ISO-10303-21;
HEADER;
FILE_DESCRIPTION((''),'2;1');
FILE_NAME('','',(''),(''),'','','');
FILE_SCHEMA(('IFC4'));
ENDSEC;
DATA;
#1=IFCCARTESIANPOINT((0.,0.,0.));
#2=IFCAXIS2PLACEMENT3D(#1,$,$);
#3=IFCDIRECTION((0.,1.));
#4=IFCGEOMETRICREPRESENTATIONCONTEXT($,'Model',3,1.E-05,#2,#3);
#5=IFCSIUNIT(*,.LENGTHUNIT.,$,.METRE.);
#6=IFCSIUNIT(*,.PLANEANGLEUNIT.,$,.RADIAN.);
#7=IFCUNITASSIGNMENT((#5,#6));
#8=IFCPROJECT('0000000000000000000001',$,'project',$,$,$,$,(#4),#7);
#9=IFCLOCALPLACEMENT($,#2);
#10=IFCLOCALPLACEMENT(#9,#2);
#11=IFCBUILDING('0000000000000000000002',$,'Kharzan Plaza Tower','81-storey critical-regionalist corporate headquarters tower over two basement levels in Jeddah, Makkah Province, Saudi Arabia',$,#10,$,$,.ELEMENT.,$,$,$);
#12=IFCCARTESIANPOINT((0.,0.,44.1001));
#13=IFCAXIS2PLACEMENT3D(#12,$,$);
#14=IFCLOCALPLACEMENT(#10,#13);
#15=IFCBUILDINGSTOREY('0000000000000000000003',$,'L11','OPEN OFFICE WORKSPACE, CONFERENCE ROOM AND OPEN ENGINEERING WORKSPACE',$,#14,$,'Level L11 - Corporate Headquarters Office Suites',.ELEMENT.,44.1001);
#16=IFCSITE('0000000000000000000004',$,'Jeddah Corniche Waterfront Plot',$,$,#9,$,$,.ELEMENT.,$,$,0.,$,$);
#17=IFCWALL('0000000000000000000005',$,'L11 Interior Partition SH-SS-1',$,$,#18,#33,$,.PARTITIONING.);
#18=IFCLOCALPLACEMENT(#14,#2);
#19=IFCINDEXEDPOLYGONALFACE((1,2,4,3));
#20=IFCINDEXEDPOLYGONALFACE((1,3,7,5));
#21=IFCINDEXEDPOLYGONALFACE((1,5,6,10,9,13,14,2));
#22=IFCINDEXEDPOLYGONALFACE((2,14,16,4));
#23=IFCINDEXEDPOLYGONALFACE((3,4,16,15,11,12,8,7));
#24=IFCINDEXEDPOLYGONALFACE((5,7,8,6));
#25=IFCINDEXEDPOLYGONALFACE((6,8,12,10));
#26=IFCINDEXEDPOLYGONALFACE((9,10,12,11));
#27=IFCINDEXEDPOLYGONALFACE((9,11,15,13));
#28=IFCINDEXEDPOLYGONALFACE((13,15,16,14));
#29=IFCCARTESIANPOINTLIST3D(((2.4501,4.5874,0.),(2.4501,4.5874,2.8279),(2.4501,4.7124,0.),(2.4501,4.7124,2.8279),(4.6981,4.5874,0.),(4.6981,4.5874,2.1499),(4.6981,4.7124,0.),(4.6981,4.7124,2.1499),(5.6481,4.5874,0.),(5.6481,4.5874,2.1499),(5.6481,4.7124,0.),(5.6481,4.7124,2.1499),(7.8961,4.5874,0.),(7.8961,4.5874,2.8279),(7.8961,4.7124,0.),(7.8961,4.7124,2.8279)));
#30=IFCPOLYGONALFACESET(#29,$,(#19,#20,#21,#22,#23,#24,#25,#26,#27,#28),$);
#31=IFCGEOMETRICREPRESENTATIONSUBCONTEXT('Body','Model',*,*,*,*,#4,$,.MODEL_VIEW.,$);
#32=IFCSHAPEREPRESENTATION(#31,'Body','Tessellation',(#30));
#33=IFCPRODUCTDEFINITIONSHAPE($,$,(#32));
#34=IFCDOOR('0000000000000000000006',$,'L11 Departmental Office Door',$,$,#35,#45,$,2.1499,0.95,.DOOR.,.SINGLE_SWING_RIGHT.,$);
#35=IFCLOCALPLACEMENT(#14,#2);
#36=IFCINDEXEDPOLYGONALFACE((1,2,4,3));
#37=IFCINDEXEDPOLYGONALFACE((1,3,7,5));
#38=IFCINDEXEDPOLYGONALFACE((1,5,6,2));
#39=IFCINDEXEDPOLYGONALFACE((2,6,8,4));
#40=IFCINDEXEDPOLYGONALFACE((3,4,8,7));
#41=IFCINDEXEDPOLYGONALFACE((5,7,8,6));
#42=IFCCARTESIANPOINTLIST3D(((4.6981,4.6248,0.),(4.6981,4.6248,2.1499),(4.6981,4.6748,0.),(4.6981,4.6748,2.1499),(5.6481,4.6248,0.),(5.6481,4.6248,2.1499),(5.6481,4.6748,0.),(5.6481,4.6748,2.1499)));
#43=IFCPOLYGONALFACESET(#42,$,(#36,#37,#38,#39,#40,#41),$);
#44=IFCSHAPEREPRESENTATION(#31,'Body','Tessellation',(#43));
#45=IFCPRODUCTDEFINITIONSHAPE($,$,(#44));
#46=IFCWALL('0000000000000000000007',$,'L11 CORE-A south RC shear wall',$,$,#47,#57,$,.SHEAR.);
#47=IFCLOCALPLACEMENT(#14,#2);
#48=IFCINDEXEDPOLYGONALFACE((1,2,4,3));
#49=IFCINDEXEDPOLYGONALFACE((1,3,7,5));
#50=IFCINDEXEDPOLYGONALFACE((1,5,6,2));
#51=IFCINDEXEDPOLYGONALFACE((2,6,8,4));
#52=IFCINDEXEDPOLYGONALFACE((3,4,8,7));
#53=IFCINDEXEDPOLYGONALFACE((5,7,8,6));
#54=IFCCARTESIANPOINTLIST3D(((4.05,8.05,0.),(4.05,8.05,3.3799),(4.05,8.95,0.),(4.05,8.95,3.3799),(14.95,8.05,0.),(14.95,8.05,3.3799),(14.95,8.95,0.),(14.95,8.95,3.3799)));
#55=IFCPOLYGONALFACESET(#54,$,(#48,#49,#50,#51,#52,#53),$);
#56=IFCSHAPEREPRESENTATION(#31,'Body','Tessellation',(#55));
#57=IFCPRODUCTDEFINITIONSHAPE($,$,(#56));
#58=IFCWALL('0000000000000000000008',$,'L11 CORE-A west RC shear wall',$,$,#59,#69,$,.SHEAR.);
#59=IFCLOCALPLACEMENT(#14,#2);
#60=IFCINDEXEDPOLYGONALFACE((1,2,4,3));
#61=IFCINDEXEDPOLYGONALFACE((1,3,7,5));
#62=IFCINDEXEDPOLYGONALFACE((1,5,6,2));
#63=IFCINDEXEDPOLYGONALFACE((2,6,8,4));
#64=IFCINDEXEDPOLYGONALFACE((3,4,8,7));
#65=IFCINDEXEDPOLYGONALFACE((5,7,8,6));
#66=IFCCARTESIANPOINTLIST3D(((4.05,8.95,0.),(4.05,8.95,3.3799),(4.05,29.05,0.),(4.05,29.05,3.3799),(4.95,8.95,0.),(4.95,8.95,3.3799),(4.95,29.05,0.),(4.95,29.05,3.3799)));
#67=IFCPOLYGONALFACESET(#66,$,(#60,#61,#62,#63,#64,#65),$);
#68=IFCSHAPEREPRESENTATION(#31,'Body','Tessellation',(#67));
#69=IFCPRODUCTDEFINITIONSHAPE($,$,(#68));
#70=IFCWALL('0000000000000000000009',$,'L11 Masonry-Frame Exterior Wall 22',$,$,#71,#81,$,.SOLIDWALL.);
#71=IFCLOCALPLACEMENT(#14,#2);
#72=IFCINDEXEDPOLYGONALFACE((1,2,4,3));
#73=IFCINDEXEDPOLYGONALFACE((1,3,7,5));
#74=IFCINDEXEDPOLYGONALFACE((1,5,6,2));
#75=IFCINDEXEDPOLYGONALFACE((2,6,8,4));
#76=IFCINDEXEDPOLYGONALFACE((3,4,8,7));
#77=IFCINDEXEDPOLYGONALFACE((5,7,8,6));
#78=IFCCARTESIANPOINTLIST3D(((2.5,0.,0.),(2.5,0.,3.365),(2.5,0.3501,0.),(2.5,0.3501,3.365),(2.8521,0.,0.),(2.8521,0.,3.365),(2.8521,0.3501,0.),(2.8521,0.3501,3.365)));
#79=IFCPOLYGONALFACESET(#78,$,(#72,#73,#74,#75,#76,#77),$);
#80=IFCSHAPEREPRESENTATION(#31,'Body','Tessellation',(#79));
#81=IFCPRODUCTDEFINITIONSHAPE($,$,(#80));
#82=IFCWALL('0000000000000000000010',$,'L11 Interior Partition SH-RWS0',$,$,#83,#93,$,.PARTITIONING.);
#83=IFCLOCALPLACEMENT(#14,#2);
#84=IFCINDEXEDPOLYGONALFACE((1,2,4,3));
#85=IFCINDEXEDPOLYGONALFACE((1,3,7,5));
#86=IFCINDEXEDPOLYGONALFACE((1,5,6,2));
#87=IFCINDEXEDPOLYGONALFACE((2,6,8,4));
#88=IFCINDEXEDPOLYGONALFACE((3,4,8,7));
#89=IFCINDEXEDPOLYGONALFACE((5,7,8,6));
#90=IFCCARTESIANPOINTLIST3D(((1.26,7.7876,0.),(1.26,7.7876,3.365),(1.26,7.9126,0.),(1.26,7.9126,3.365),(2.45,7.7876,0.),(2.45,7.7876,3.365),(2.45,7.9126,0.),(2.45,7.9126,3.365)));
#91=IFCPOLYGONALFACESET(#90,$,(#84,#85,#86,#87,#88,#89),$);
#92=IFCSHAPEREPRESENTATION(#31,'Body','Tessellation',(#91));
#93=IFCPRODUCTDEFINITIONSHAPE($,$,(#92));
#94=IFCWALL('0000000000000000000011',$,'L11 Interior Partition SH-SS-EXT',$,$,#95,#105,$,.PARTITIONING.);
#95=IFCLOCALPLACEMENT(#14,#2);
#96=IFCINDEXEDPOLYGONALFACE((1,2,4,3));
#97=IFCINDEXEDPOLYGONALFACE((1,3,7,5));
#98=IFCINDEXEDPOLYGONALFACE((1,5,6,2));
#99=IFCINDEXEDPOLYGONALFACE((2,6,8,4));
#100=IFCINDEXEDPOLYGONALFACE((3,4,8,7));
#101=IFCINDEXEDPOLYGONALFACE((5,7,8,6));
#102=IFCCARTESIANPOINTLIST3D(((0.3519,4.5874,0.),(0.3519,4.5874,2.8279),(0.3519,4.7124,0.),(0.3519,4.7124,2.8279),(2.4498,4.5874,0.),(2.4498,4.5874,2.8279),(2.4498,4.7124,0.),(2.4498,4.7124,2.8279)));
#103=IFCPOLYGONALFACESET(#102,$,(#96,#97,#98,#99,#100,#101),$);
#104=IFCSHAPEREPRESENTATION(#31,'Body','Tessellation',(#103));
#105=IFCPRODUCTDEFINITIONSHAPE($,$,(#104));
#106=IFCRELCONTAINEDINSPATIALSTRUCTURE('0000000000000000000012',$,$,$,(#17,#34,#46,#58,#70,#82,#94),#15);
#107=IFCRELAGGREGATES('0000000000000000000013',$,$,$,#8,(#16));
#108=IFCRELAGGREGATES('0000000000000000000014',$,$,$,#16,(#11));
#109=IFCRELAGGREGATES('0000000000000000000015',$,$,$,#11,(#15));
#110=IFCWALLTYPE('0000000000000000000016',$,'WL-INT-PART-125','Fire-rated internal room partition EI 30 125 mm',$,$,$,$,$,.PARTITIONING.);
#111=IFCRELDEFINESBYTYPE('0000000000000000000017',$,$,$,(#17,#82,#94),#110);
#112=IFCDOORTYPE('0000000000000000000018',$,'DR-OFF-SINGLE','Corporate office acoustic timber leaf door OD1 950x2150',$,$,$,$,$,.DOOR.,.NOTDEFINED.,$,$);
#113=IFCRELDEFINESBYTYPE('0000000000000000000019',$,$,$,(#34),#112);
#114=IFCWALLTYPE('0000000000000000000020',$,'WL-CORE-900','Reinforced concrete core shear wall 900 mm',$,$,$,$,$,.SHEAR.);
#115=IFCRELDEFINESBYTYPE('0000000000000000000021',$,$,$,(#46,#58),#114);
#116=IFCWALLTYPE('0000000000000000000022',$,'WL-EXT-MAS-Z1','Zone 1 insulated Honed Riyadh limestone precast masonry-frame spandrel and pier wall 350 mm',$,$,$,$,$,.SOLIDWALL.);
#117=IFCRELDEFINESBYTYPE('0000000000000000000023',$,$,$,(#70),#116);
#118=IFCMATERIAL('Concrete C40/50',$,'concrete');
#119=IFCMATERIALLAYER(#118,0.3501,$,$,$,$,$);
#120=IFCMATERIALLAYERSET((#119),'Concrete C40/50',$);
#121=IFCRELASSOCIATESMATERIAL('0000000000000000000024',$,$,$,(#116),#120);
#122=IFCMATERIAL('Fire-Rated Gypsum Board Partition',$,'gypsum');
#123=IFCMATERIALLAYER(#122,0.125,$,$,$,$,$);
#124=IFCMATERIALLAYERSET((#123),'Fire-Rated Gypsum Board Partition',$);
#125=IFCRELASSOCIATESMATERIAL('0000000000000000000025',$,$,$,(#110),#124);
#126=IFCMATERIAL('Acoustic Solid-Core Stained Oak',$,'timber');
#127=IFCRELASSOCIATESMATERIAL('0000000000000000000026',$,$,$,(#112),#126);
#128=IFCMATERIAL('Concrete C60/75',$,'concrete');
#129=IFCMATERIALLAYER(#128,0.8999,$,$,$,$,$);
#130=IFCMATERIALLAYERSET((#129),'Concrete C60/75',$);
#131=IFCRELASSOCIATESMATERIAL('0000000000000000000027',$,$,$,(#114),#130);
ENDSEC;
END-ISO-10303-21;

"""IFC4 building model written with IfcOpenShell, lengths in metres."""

from ifc_helpers import new_model, si_unit, direction, frame, frame_2d, origin, place, context, subcontext, project, spatial, rectangle, extrude, source, transform, mapped, material, layer, layer_set, type_object, element, fill, save


model = new_model("IFC4")

# Units and contexts
model_context = context("Model", 3, precision=1e-05, world=origin(), true_north=direction((0.0, 1.0)))
body_context = subcontext(model_context, "Body", "Model", "MODEL_VIEW")
ifc_project = project(units=[si_unit("LENGTHUNIT", "METRE"), si_unit("PLANEANGLEUNIT", "RADIAN")], contexts=[model_context])

# Site, building, storey
site_placement = place(None, origin())
site = spatial("IfcSite", under=ifc_project, at=site_placement, Name="Jeddah Corniche Waterfront Plot", CompositionType="ELEMENT", RefElevation=0.0)
building_placement = place(site_placement, origin())
building = spatial("IfcBuilding", under=site, at=building_placement, Name="Kharzan Plaza Tower", Description="81-storey critical-regionalist corporate headquarters tower over two basement levels in Jeddah, Makkah Province, Saudi Arabia", CompositionType="ELEMENT")
storey_placement = place(building_placement, frame((0.0, 0.0, 44.1001)))
storey = spatial("IfcBuildingStorey", under=building, at=storey_placement, Name="L11", Description="OPEN OFFICE WORKSPACE, CONFERENCE ROOM AND OPEN ENGINEERING WORKSPACE", LongName="Level L11 - Corporate Headquarters Office Suites", CompositionType="ELEMENT", Elevation=44.1001)

# Shared definitions
ifc_material_1 = material(Name="Concrete C60/75", Category="concrete")

# Shared definitions
ifc_material_2 = material(Name="Concrete C40/50", Category="concrete")

# Shared definitions
ifc_layer_1 = layer(ifc_material_2, 0.3501)
ifc_layer_set_1 = layer_set([ifc_layer_1], Name="Concrete C40/50")
wall_type_1 = type_object("IfcWallType", Name="WL-EXT-MAS-Z1", Description="Zone 1 insulated Honed Riyadh limestone precast masonry-frame spandrel and pier wall 350 mm", PredefinedType="SOLIDWALL", material=ifc_layer_set_1)

# Wall, opening, door
ifc_material_3 = material(Name="Fire-Rated Gypsum Board Partition", Category="gypsum")
ifc_layer_2 = layer(ifc_material_3, 0.125)
ifc_layer_set_2 = layer_set([ifc_layer_2], Name="Fire-Rated Gypsum Board Partition")
wall_type_2 = type_object("IfcWallType", Name="WL-INT-PART-125", Description="Fire-rated internal room partition EI 30 125 mm", PredefinedType="PARTITIONING", material=ifc_layer_set_2)
ifc_material_4 = material(Name="Acoustic Solid-Core Stained Oak", Category="timber")
door_type = type_object("IfcDoorType", Name="DR-OFF-SINGLE", Description="Corporate office acoustic timber leaf door OD1 950x2150", OperationType="NOTDEFINED", PredefinedType="DOOR", material=ifc_material_4)
shared_shape_1 = source(origin(), body_context, "Body", "SweptSolid", [
    extrude(rectangle(XDim=0.95, YDim=2.1499, at=frame_2d((0.4751, 1.075))), frame((0.0, 0.0249, 0.0), z_axis=(0.0, -1.0, 0.0), x_axis=(1.0, 0.0, 0.0)), (0.0, 0.0, 1.0), 0.05),
])
wall_1_placement = place(storey_placement, frame((2.45, 4.6499, 0.0), z_axis=(0.0, 0.0, 1.0), x_axis=(1.0, 0.0, 0.0)))
wall_1 = element("IfcWall", 1, at=wall_1_placement, inside=storey, type_object=wall_type_2, Name="L11 Interior Partition SH-SS-1", PredefinedType="PARTITIONING", context=body_context, shape_type="SweptSolid", body=[
    extrude(rectangle(XDim=5.446, YDim=0.125, at=frame_2d((2.7231, 0.0))), origin(), (0.0, 0.0, 1.0), 2.8279),
])
opening_1_placement = place(wall_1_placement, frame((2.248, 0.0, 0.0)))
opening_1 = element("IfcOpeningElement", 2, at=opening_1_placement, cuts=wall_1, PredefinedType="OPENING", context=body_context, shape_type="SweptSolid", body=[
    extrude(rectangle(XDim=0.95, YDim=2.1499, at=frame_2d((0.4751, 1.075))), frame((0.0, 0.0725, 0.0), z_axis=(0.0, -1.0, 0.0), x_axis=(1.0, 0.0, 0.0)), (0.0, 0.0, 1.0), 0.145),
])
door_1_placement = place(opening_1_placement, origin())
door_1 = element("IfcDoor", 3, at=door_1_placement, inside=storey, type_object=door_type, Name="L11 Departmental Office Door", OperationType="SINGLE_SWING_RIGHT", OverallHeight=2.1499, OverallWidth=0.95, PredefinedType="DOOR", context=body_context, shape_type="MappedRepresentation", body=[
    mapped(shared_shape_1, transform((0.0, 0.0, 0.0), x_axis=(1.0, 0.0, 0.0), y_axis=(0.0, 1.0, 0.0), z_axis=(0.0, 0.0, 1.0))),
])
fill(opening_1, door_1)

# Walls
ifc_layer_3 = layer(ifc_material_1, 0.8999)
ifc_layer_set_3 = layer_set([ifc_layer_3], Name="Concrete C60/75")
wall_type_3 = type_object("IfcWallType", Name="WL-CORE-900", Description="Reinforced concrete core shear wall 900 mm", PredefinedType="SHEAR", material=ifc_layer_set_3)
shared_shape_2 = source(origin(), body_context, "Body", "SweptSolid", [
    extrude(rectangle(XDim=10.8999, YDim=0.8999, at=frame_2d((5.45, 0.0))), origin(), (0.0, 0.0, 1.0), 3.3799),
])
wall_2_placement = place(storey_placement, frame((4.05, 8.5, 0.0), z_axis=(0.0, 0.0, 1.0), x_axis=(1.0, 0.0, 0.0)))
element("IfcWall", 4, at=wall_2_placement, inside=storey, type_object=wall_type_3, Name="L11 CORE-A south RC shear wall", PredefinedType="SHEAR", context=body_context, shape_type="MappedRepresentation", body=[
    mapped(shared_shape_2, transform((0.0, 0.0, 0.0), x_axis=(1.0, 0.0, 0.0), y_axis=(0.0, 1.0, 0.0), z_axis=(0.0, 0.0, 1.0))),
])
shared_shape_3 = source(origin(), body_context, "Body", "SweptSolid", [
    extrude(rectangle(XDim=20.1001, YDim=0.8999, at=frame_2d((10.05, 0.0))), origin(), (0.0, 0.0, 1.0), 3.3799),
])
wall_3_placement = place(storey_placement, frame((4.5, 8.95, 0.0), z_axis=(0.0, 0.0, 1.0), x_axis=(0.0, 1.0, 0.0)))
element("IfcWall", 5, at=wall_3_placement, inside=storey, type_object=wall_type_3, Name="L11 CORE-A west RC shear wall", PredefinedType="SHEAR", context=body_context, shape_type="MappedRepresentation", body=[
    mapped(shared_shape_3, transform((0.0, 0.0, 0.0), x_axis=(1.0, 0.0, 0.0), y_axis=(0.0, 1.0, 0.0), z_axis=(0.0, 0.0, 1.0))),
])
shared_shape_4 = source(origin(), body_context, "Body", "SweptSolid", [
    extrude(rectangle(XDim=0.3521, YDim=0.3501, at=frame_2d((0.176, 0.0))), origin(), (0.0, 0.0, 1.0), 3.365),
])
wall_4_placement = place(storey_placement, frame((2.5, 0.175, 0.0), z_axis=(0.0, 0.0, 1.0), x_axis=(1.0, 0.0, 0.0)))
element("IfcWall", 6, at=wall_4_placement, inside=storey, type_object=wall_type_1, Name="L11 Masonry-Frame Exterior Wall 22", PredefinedType="SOLIDWALL", context=body_context, shape_type="MappedRepresentation", body=[
    mapped(shared_shape_4, transform((0.0, 0.0, 0.0), x_axis=(1.0, 0.0, 0.0), y_axis=(0.0, 1.0, 0.0), z_axis=(0.0, 0.0, 1.0))),
])
shared_shape_5 = source(origin(), body_context, "Body", "SweptSolid", [
    extrude(rectangle(XDim=1.1899, YDim=0.125, at=frame_2d((0.595, 0.0))), origin(), (0.0, 0.0, 1.0), 3.365),
])
wall_5_placement = place(storey_placement, frame((1.26, 7.8501, 0.0), z_axis=(0.0, 0.0, 1.0), x_axis=(1.0, 0.0, 0.0)))
element("IfcWall", 7, at=wall_5_placement, inside=storey, type_object=wall_type_2, Name="L11 Interior Partition SH-RWS0", PredefinedType="PARTITIONING", context=body_context, shape_type="MappedRepresentation", body=[
    mapped(shared_shape_5, transform((0.0, 0.0, 0.0), x_axis=(1.0, 0.0, 0.0), y_axis=(0.0, 1.0, 0.0), z_axis=(0.0, 0.0, 1.0))),
])
shared_shape_6 = source(origin(), body_context, "Body", "SweptSolid", [
    extrude(rectangle(XDim=2.0979, YDim=0.125, at=frame_2d((1.0488, 0.0))), origin(), (0.0, 0.0, 1.0), 2.8279),
])
wall_6_placement = place(storey_placement, frame((0.3521, 4.6499, 0.0), z_axis=(0.0, 0.0, 1.0), x_axis=(1.0, 0.0, 0.0)))
element("IfcWall", 8, at=wall_6_placement, inside=storey, type_object=wall_type_2, Name="L11 Interior Partition SH-SS-EXT", PredefinedType="PARTITIONING", context=body_context, shape_type="MappedRepresentation", body=[
    mapped(shared_shape_6, transform((0.0, 0.0, 0.0), x_axis=(1.0, 0.0, 0.0), y_axis=(0.0, 1.0, 0.0), z_axis=(0.0, 0.0, 1.0))),
])

save(model, "model.ifc")
